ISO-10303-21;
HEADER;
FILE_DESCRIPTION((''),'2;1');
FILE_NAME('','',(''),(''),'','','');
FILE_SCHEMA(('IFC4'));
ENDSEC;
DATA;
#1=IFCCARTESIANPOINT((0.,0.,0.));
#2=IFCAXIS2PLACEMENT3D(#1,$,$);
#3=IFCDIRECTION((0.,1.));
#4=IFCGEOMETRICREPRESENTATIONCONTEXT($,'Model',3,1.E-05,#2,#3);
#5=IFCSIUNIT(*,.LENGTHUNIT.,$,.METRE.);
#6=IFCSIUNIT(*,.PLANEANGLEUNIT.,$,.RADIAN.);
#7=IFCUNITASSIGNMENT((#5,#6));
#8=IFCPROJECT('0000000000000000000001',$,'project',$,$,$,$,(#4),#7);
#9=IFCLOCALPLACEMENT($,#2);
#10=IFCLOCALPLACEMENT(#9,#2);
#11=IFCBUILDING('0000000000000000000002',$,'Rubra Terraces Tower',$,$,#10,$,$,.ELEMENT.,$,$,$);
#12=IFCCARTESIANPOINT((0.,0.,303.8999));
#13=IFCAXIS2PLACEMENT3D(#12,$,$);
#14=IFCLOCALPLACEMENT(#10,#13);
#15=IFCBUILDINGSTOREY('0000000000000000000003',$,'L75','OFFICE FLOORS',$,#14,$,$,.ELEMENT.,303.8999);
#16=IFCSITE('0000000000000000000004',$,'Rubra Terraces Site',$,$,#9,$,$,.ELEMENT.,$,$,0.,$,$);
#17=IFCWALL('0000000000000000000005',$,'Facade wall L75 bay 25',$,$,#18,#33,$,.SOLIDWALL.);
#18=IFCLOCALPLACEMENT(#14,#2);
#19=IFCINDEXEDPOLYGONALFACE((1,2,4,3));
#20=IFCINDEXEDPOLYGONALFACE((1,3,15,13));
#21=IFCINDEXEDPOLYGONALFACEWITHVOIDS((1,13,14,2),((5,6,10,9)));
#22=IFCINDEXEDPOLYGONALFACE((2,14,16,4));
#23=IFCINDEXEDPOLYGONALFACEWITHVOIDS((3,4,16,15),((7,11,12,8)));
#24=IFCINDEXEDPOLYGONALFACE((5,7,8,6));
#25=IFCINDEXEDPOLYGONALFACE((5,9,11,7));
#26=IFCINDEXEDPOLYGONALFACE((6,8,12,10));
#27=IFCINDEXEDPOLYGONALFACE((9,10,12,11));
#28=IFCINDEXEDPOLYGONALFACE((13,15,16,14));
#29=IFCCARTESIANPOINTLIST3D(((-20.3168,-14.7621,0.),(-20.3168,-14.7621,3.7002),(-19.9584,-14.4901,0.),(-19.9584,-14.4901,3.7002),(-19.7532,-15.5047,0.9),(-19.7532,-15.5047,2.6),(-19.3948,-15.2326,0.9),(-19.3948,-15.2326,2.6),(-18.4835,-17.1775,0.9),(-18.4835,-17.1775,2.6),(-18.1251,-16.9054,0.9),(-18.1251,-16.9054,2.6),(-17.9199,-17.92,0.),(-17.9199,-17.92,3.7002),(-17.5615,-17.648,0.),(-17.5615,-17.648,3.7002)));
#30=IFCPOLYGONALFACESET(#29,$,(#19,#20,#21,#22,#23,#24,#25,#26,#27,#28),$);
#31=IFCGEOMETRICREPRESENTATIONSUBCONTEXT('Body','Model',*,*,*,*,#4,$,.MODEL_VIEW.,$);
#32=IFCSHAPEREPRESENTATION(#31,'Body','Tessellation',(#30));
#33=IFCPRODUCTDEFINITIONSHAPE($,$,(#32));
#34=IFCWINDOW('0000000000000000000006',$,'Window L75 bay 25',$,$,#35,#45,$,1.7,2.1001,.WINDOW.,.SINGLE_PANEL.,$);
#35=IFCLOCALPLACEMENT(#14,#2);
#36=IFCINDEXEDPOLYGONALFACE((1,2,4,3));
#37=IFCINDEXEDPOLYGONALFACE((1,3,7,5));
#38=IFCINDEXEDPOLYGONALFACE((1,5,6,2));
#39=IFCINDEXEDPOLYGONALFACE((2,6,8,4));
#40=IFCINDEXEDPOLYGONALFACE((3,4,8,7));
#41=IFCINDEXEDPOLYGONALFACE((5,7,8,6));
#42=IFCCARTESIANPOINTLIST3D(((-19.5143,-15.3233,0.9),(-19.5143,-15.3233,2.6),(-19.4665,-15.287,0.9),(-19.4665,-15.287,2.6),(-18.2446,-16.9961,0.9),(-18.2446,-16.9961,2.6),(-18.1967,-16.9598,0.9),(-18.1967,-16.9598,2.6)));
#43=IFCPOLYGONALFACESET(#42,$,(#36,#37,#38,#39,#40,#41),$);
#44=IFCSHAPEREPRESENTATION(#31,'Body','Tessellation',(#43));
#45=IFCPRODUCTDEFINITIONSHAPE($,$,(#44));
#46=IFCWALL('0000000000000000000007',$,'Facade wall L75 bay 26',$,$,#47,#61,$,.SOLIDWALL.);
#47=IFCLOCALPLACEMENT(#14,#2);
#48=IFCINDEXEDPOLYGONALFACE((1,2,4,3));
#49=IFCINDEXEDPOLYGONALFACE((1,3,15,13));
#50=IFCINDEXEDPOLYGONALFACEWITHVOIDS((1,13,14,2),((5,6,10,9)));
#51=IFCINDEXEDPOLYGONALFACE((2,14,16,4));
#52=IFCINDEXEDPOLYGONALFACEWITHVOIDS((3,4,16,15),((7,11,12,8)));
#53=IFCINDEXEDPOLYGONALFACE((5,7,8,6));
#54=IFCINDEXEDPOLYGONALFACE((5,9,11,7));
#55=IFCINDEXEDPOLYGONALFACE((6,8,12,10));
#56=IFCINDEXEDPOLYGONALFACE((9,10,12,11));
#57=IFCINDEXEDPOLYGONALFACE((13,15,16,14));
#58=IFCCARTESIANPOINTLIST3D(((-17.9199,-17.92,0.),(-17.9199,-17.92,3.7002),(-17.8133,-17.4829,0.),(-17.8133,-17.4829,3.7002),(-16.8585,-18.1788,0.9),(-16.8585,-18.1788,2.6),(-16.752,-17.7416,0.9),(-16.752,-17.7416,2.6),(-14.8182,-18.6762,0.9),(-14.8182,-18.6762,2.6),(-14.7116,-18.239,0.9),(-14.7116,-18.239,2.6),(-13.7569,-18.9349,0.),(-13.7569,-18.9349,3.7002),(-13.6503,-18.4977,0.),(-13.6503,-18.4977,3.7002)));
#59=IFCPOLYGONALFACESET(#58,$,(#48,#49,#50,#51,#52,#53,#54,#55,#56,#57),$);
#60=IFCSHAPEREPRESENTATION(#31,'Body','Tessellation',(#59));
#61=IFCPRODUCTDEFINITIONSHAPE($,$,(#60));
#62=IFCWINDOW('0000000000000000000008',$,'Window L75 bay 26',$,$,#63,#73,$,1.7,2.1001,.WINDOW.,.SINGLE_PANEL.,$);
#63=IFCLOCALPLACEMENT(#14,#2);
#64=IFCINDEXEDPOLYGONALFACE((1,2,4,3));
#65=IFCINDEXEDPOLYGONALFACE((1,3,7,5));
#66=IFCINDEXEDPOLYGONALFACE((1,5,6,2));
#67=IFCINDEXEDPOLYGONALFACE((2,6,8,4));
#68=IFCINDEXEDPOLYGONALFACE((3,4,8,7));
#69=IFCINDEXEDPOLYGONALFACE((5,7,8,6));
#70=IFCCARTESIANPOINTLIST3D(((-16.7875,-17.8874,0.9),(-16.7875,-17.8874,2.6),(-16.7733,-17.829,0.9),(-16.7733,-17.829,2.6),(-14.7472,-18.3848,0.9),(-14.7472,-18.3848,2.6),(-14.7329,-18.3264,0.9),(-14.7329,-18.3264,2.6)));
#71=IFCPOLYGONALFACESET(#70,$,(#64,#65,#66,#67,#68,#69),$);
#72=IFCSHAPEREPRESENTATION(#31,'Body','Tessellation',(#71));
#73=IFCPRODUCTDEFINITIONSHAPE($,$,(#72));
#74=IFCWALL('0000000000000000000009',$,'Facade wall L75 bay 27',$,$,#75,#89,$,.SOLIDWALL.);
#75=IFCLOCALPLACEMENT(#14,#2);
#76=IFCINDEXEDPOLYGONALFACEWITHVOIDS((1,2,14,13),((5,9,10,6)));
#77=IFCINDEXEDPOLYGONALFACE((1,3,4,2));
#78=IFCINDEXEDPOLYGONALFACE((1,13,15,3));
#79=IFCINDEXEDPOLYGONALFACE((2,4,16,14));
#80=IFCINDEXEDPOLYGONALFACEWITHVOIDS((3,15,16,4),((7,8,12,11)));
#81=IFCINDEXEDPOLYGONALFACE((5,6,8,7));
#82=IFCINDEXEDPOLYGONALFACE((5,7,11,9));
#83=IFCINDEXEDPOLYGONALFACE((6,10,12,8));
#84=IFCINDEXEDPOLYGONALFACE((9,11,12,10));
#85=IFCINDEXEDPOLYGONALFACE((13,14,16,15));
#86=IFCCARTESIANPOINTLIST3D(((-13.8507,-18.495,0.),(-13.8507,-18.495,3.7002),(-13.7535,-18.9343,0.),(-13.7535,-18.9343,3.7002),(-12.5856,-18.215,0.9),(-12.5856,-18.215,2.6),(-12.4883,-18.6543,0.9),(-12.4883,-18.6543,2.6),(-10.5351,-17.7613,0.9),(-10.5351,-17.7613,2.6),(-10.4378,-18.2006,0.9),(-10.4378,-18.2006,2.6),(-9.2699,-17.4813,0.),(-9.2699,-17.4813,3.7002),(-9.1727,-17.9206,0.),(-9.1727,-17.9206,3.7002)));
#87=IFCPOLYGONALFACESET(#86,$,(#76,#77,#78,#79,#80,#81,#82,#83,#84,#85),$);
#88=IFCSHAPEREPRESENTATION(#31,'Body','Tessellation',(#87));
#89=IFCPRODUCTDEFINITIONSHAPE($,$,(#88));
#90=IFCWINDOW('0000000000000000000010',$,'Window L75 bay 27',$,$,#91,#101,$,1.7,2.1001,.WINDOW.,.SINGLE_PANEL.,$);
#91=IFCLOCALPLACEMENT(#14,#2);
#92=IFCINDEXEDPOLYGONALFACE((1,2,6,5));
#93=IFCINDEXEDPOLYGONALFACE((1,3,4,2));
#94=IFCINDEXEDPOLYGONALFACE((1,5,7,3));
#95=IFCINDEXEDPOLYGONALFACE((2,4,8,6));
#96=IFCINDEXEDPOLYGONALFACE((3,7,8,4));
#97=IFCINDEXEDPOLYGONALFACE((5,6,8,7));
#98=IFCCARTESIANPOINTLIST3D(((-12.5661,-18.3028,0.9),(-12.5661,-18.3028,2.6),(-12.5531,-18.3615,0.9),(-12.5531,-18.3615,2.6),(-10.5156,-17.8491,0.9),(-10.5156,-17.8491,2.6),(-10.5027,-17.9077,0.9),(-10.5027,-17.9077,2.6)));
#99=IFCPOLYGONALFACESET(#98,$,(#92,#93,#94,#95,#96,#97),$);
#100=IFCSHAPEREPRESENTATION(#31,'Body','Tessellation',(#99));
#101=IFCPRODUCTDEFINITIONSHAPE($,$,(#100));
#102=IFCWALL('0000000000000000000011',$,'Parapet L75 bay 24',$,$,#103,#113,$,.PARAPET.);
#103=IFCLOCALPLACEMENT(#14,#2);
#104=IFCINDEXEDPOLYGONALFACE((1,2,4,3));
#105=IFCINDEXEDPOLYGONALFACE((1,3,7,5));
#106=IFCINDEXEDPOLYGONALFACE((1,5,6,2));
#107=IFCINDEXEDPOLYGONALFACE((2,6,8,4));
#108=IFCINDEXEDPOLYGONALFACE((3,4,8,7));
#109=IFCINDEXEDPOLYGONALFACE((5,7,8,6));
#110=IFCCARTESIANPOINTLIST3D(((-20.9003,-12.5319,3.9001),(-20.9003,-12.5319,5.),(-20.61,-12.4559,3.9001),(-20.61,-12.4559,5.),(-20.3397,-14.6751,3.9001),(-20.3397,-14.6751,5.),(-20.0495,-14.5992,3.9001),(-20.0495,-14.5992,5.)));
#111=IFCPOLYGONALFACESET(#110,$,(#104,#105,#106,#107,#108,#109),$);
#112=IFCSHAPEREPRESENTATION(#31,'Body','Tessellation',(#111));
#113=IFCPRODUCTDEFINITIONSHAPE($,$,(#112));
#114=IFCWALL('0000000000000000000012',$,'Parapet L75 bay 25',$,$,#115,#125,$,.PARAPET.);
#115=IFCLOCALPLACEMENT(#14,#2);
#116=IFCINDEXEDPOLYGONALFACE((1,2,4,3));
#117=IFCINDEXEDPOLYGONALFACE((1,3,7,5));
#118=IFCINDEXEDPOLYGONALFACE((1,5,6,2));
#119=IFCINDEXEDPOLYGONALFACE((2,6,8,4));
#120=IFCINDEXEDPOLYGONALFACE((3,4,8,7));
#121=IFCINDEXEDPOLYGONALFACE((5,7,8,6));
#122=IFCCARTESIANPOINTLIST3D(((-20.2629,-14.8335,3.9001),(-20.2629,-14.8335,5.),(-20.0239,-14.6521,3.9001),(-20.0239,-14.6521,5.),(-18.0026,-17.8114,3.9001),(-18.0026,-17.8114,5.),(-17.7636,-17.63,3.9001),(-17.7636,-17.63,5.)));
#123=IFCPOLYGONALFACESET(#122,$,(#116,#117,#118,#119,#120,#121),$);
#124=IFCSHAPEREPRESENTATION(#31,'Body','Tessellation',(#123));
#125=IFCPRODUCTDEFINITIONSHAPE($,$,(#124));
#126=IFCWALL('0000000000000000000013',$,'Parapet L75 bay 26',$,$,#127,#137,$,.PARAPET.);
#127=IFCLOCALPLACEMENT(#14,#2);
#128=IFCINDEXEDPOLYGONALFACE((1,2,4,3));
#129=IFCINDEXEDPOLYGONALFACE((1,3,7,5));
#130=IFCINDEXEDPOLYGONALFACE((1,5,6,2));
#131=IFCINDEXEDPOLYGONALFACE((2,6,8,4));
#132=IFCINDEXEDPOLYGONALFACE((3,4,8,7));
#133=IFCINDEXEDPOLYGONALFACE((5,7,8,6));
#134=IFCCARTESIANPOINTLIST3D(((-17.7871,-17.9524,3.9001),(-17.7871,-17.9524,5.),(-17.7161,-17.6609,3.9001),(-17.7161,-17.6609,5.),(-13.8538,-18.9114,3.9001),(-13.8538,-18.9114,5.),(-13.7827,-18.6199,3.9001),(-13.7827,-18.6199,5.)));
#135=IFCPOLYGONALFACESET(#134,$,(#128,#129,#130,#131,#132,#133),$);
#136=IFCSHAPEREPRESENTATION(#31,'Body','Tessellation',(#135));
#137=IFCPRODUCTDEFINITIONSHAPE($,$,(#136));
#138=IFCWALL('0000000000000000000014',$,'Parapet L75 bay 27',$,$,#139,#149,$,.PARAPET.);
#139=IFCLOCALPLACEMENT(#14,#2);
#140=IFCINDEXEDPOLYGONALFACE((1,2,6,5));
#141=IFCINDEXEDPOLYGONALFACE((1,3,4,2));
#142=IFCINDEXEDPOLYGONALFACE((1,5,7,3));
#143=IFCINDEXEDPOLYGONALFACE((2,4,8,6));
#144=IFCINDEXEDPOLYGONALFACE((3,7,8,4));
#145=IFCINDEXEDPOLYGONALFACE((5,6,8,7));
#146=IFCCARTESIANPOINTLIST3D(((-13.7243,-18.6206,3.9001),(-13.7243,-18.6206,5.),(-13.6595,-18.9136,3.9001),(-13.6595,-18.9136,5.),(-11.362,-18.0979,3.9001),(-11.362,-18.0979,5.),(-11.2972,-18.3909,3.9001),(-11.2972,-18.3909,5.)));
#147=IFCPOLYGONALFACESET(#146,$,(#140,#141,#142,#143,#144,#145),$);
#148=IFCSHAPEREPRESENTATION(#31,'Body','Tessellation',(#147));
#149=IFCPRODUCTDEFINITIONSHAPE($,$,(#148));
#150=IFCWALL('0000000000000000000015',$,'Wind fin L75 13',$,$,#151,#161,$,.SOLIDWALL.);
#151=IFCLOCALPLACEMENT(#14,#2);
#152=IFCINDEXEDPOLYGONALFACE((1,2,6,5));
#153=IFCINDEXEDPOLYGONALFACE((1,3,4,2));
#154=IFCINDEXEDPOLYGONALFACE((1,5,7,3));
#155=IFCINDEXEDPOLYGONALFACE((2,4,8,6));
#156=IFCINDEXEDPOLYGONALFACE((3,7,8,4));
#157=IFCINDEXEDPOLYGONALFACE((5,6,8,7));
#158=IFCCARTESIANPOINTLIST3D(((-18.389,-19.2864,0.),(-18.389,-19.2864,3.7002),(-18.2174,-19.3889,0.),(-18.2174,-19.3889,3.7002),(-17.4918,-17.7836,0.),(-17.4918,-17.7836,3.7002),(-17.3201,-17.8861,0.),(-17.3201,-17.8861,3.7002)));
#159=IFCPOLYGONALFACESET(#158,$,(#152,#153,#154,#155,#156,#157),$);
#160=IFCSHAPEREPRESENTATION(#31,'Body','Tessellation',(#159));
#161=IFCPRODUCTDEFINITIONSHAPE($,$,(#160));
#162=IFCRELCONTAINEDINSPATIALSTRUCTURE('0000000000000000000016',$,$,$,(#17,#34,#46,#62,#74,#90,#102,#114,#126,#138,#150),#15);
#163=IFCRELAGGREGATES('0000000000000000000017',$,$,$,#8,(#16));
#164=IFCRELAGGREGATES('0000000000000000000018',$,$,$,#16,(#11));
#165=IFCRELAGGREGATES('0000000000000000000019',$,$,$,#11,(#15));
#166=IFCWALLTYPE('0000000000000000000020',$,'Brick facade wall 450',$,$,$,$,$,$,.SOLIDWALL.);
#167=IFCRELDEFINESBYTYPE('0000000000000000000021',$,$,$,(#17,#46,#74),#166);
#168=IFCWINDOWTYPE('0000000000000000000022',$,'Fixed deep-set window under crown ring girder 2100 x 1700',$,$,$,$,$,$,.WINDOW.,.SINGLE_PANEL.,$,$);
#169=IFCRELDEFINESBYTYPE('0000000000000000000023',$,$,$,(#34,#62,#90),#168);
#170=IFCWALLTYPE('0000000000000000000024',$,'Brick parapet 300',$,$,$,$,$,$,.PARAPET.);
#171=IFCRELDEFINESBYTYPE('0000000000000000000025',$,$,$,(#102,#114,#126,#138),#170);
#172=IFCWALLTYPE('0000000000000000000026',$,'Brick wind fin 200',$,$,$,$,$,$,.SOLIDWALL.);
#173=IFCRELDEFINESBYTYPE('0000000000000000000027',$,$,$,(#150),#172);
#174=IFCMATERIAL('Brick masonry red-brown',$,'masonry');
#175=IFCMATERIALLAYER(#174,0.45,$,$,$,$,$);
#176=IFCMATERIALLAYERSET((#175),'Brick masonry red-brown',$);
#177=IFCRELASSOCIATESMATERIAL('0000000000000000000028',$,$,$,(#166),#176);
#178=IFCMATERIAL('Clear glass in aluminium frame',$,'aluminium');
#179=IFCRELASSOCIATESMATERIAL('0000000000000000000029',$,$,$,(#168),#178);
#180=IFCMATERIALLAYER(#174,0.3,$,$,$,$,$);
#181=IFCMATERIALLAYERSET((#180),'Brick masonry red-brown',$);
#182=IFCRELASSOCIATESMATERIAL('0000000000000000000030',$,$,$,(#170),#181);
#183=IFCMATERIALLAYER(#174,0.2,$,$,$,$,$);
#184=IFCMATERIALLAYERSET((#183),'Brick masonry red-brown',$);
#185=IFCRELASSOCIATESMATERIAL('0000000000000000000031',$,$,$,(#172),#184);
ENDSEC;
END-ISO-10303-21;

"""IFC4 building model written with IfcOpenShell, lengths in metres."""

from ifc_helpers import new_model, si_unit, direction, frame, frame_2d, origin, place, context, subcontext, project, spatial, rectangle, extrude, material, layer, layer_set, type_object, element, fill, save


model = new_model("IFC4")

# Units and contexts
model_context = context("Model", 3, precision=1e-05, world=origin(), true_north=direction((0.0, 1.0)))
body_context = subcontext(model_context, "Body", "Model", "MODEL_VIEW")
ifc_project = project(units=[si_unit("LENGTHUNIT", "METRE"), si_unit("PLANEANGLEUNIT", "RADIAN")], contexts=[model_context])

# Site, building, storey
site_placement = place(None, origin())
site = spatial("IfcSite", under=ifc_project, at=site_placement, Name="Rubra Terraces Site", CompositionType="ELEMENT", RefElevation=0.0)
building_placement = place(site_placement, origin())
building = spatial("IfcBuilding", under=site, at=building_placement, Name="Rubra Terraces Tower", CompositionType="ELEMENT")
storey_placement = place(building_placement, frame((0.0, 0.0, 303.8999)))
storey = spatial("IfcBuildingStorey", under=building, at=storey_placement, Name="L75", Description="OFFICE FLOORS", CompositionType="ELEMENT", Elevation=303.8999)

# Walls, openings, windows
ifc_material_1 = material(Name="Brick masonry red-brown", Category="masonry")
ifc_layer_1 = layer(ifc_material_1, 0.45)
ifc_layer_set_1 = layer_set([ifc_layer_1], Name="Brick masonry red-brown")
wall_type_1 = type_object("IfcWallType", Name="Brick facade wall 450", PredefinedType="SOLIDWALL", material=ifc_layer_set_1)
ifc_material_2 = material(Name="Clear glass in aluminium frame", Category="aluminium")
window_type = type_object("IfcWindowType", Name="Fixed deep-set window under crown ring girder 2100 x 1700", PartitioningType="SINGLE_PANEL", PredefinedType="WINDOW", material=ifc_material_2)
wall_1_placement = place(storey_placement, frame((-20.1377, -14.626, 0.0), z_axis=(0.0, 0.0, 1.0), x_axis=(0.604591, -0.796536, 0.0)))
wall_1 = element("IfcWall", 1, at=wall_1_placement, inside=storey, type_object=wall_type_1, Name="Facade wall L75 bay 25", PredefinedType="SOLIDWALL", context=body_context, shape_type="SweptSolid", body=[
    extrude(rectangle(XDim=3.9646, YDim=0.45, at=frame_2d((1.9824, 0.0))), origin(), (0.0, 0.0, 1.0), 3.7002),
])
opening_1_placement = place(wall_1_placement, frame((0.9324, 0.0, 0.8999)))
opening_1 = element("IfcOpeningElement", 2, at=opening_1_placement, cuts=wall_1, PredefinedType="OPENING", context=body_context, shape_type="SweptSolid", body=[
    extrude(rectangle(XDim=2.1001, YDim=1.7, at=frame_2d((1.05, 0.8501))), frame((0.0, 0.2349, 0.0), z_axis=(0.0, -1.0, 0.0), x_axis=(1.0, 0.0, 0.0)), (0.0, 0.0, 1.0), 0.47),
])
window_1_placement = place(opening_1_placement, origin())
window_1 = element("IfcWindow", 3, at=window_1_placement, inside=storey, type_object=window_type, Name="Window L75 bay 25", OverallHeight=1.7, OverallWidth=2.1001, PartitioningType="SINGLE_PANEL", PredefinedType="WINDOW", context=body_context, shape_type="SweptSolid", body=[
    extrude(rectangle(XDim=2.1001, YDim=1.7, at=frame_2d((1.05, 0.8501))), frame((0.0, 0.135, 0.0), z_axis=(0.0, -1.0, 0.0), x_axis=(1.0, 0.0, 0.0)), (0.0, 0.0, 1.0), 0.0601),
])
fill(opening_1, window_1)
wall_2_placement = place(storey_placement, frame((-17.8667, -17.7014, 0.0), z_axis=(0.0, 0.0, 1.0), x_axis=(0.971547, -0.236847, 0.0)))
wall_2 = element("IfcWall", 4, at=wall_2_placement, inside=storey, type_object=wall_type_1, Name="Facade wall L75 bay 26", PredefinedType="SOLIDWALL", context=body_context, shape_type="SweptSolid", body=[
    extrude(rectangle(XDim=4.2849, YDim=0.45, at=frame_2d((2.1426, 0.0))), origin(), (0.0, 0.0, 1.0), 3.7002),
])
opening_2_placement = place(wall_2_placement, frame((1.0925, 0.0, 0.8999)))
opening_2 = element("IfcOpeningElement", 5, at=opening_2_placement, cuts=wall_2, PredefinedType="OPENING", context=body_context, shape_type="SweptSolid", body=[
    extrude(rectangle(XDim=2.1001, YDim=1.7, at=frame_2d((1.05, 0.8501))), frame((0.0, 0.2349, 0.0), z_axis=(0.0, -1.0, 0.0), x_axis=(1.0, 0.0, 0.0)), (0.0, 0.0, 1.0), 0.47),
])
window_2_placement = place(opening_2_placement, origin())
window_2 = element("IfcWindow", 6, at=window_2_placement, inside=storey, type_object=window_type, Name="Window L75 bay 26", OverallHeight=1.7, OverallWidth=2.1001, PartitioningType="SINGLE_PANEL", PredefinedType="WINDOW", context=body_context, shape_type="SweptSolid", body=[
    extrude(rectangle(XDim=2.1001, YDim=1.7, at=frame_2d((1.05, 0.8501))), frame((0.0, 0.135, 0.0), z_axis=(0.0, -1.0, 0.0), x_axis=(1.0, 0.0, 0.0)), (0.0, 0.0, 1.0), 0.0601),
])
fill(opening_2, window_2)
wall_3_placement = place(storey_placement, frame((-13.802, -18.7146, 0.0), z_axis=(0.0, 0.0, 1.0), x_axis=(0.97638, 0.21606, 0.0)))
wall_3 = element("IfcWall", 7, at=wall_3_placement, inside=storey, type_object=wall_type_1, Name="Facade wall L75 bay 27", PredefinedType="SOLIDWALL", context=body_context, shape_type="SweptSolid", body=[
    extrude(rectangle(XDim=4.6917, YDim=0.45, at=frame_2d((2.3457, 0.0))), origin(), (0.0, 0.0, 1.0), 3.7002),
])
opening_3_placement = place(wall_3_placement, frame((1.2957, 0.0, 0.8999)))
opening_3 = element("IfcOpeningElement", 8, at=opening_3_placement, cuts=wall_3, PredefinedType="OPENING", context=body_context, shape_type="SweptSolid", body=[
    extrude(rectangle(XDim=2.1001, YDim=1.7, at=frame_2d((1.05, 0.8501))), frame((0.0, 0.2349, 0.0), z_axis=(0.0, -1.0, 0.0), x_axis=(1.0, 0.0, 0.0)), (0.0, 0.0, 1.0), 0.47),
])
window_3_placement = place(opening_3_placement, origin())
window_3 = element("IfcWindow", 9, at=window_3_placement, inside=storey, type_object=window_type, Name="Window L75 bay 27", OverallHeight=1.7, OverallWidth=2.1001, PartitioningType="SINGLE_PANEL", PredefinedType="WINDOW", context=body_context, shape_type="SweptSolid", body=[
    extrude(rectangle(XDim=2.1001, YDim=1.7, at=frame_2d((1.05, 0.8501))), frame((0.0, 0.135, 0.0), z_axis=(0.0, -1.0, 0.0), x_axis=(1.0, 0.0, 0.0)), (0.0, 0.0, 1.0), 0.0601),
])
fill(opening_3, window_3)

# Walls
ifc_layer_2 = layer(ifc_material_1, 0.3)
ifc_layer_set_2 = layer_set([ifc_layer_2], Name="Brick masonry red-brown")
wall_type_2 = type_object("IfcWallType", Name="Brick parapet 300", PredefinedType="PARAPET", material=ifc_layer_set_2)
wall_4_placement = place(storey_placement, frame((-20.7551, -12.4939, 3.9001), z_axis=(0.0, 0.0, 1.0), x_axis=(0.253023, -0.96746, 0.0)))
element("IfcWall", 10, at=wall_4_placement, inside=storey, type_object=wall_type_2, Name="Parapet L75 bay 24", PredefinedType="PARAPET", context=body_context, shape_type="SweptSolid", body=[
    extrude(rectangle(XDim=2.2153, YDim=0.3, at=frame_2d((1.1077, 0.0))), origin(), (0.0, 0.0, 1.0), 1.0999),
])
wall_5_placement = place(storey_placement, frame((-20.1433, -14.7429, 3.9001), z_axis=(0.0, 0.0, 1.0), x_axis=(0.604598, -0.796531, 0.0)))
element("IfcWall", 11, at=wall_5_placement, inside=storey, type_object=wall_type_2, Name="Parapet L75 bay 25", PredefinedType="PARAPET", context=body_context, shape_type="SweptSolid", body=[
    extrude(rectangle(XDim=3.7385, YDim=0.3, at=frame_2d((1.8691, 0.0))), origin(), (0.0, 0.0, 1.0), 1.0999),
])
wall_6_placement = place(storey_placement, frame((-17.7517, -17.8066, 3.9001), z_axis=(0.0, 0.0, 1.0), x_axis=(0.971541, -0.23687, 0.0)))
element("IfcWall", 12, at=wall_6_placement, inside=storey, type_object=wall_type_2, Name="Parapet L75 bay 26", PredefinedType="PARAPET", context=body_context, shape_type="SweptSolid", body=[
    extrude(rectangle(XDim=4.0486, YDim=0.3, at=frame_2d((2.0244, 0.0))), origin(), (0.0, 0.0, 1.0), 1.0999),
])
wall_7_placement = place(storey_placement, frame((-13.6919, -18.7671, 3.9001), z_axis=(0.0, 0.0, 1.0), x_axis=(0.976384, 0.216044, 0.0)))
element("IfcWall", 13, at=wall_7_placement, inside=storey, type_object=wall_type_2, Name="Parapet L75 bay 27", PredefinedType="PARAPET", context=body_context, shape_type="SweptSolid", body=[
    extrude(rectangle(XDim=2.4194, YDim=0.3, at=frame_2d((1.2097, 0.0))), origin(), (0.0, 0.0, 1.0), 1.0999),
])
ifc_layer_3 = layer(ifc_material_1, 0.2)
ifc_layer_set_3 = layer_set([ifc_layer_3], Name="Brick masonry red-brown")
wall_type_3 = type_object("IfcWallType", Name="Brick wind fin 200", PredefinedType="SOLIDWALL", material=ifc_layer_set_3)
wall_8_placement = place(storey_placement, frame((-17.406, -17.835, 0.0), z_axis=(0.0, 0.0, 1.0), x_axis=(-0.512648, -0.858599, 0.0)))
element("IfcWall", 14, at=wall_8_placement, inside=storey, type_object=wall_type_3, Name="Wind fin L75 13", PredefinedType="SOLIDWALL", context=body_context, shape_type="SweptSolid", body=[
    extrude(rectangle(XDim=1.7502, YDim=0.2, at=frame_2d((0.875, 0.0))), origin(), (0.0, 0.0, 1.0), 3.7002),
])

save(model, "model.ifc")
